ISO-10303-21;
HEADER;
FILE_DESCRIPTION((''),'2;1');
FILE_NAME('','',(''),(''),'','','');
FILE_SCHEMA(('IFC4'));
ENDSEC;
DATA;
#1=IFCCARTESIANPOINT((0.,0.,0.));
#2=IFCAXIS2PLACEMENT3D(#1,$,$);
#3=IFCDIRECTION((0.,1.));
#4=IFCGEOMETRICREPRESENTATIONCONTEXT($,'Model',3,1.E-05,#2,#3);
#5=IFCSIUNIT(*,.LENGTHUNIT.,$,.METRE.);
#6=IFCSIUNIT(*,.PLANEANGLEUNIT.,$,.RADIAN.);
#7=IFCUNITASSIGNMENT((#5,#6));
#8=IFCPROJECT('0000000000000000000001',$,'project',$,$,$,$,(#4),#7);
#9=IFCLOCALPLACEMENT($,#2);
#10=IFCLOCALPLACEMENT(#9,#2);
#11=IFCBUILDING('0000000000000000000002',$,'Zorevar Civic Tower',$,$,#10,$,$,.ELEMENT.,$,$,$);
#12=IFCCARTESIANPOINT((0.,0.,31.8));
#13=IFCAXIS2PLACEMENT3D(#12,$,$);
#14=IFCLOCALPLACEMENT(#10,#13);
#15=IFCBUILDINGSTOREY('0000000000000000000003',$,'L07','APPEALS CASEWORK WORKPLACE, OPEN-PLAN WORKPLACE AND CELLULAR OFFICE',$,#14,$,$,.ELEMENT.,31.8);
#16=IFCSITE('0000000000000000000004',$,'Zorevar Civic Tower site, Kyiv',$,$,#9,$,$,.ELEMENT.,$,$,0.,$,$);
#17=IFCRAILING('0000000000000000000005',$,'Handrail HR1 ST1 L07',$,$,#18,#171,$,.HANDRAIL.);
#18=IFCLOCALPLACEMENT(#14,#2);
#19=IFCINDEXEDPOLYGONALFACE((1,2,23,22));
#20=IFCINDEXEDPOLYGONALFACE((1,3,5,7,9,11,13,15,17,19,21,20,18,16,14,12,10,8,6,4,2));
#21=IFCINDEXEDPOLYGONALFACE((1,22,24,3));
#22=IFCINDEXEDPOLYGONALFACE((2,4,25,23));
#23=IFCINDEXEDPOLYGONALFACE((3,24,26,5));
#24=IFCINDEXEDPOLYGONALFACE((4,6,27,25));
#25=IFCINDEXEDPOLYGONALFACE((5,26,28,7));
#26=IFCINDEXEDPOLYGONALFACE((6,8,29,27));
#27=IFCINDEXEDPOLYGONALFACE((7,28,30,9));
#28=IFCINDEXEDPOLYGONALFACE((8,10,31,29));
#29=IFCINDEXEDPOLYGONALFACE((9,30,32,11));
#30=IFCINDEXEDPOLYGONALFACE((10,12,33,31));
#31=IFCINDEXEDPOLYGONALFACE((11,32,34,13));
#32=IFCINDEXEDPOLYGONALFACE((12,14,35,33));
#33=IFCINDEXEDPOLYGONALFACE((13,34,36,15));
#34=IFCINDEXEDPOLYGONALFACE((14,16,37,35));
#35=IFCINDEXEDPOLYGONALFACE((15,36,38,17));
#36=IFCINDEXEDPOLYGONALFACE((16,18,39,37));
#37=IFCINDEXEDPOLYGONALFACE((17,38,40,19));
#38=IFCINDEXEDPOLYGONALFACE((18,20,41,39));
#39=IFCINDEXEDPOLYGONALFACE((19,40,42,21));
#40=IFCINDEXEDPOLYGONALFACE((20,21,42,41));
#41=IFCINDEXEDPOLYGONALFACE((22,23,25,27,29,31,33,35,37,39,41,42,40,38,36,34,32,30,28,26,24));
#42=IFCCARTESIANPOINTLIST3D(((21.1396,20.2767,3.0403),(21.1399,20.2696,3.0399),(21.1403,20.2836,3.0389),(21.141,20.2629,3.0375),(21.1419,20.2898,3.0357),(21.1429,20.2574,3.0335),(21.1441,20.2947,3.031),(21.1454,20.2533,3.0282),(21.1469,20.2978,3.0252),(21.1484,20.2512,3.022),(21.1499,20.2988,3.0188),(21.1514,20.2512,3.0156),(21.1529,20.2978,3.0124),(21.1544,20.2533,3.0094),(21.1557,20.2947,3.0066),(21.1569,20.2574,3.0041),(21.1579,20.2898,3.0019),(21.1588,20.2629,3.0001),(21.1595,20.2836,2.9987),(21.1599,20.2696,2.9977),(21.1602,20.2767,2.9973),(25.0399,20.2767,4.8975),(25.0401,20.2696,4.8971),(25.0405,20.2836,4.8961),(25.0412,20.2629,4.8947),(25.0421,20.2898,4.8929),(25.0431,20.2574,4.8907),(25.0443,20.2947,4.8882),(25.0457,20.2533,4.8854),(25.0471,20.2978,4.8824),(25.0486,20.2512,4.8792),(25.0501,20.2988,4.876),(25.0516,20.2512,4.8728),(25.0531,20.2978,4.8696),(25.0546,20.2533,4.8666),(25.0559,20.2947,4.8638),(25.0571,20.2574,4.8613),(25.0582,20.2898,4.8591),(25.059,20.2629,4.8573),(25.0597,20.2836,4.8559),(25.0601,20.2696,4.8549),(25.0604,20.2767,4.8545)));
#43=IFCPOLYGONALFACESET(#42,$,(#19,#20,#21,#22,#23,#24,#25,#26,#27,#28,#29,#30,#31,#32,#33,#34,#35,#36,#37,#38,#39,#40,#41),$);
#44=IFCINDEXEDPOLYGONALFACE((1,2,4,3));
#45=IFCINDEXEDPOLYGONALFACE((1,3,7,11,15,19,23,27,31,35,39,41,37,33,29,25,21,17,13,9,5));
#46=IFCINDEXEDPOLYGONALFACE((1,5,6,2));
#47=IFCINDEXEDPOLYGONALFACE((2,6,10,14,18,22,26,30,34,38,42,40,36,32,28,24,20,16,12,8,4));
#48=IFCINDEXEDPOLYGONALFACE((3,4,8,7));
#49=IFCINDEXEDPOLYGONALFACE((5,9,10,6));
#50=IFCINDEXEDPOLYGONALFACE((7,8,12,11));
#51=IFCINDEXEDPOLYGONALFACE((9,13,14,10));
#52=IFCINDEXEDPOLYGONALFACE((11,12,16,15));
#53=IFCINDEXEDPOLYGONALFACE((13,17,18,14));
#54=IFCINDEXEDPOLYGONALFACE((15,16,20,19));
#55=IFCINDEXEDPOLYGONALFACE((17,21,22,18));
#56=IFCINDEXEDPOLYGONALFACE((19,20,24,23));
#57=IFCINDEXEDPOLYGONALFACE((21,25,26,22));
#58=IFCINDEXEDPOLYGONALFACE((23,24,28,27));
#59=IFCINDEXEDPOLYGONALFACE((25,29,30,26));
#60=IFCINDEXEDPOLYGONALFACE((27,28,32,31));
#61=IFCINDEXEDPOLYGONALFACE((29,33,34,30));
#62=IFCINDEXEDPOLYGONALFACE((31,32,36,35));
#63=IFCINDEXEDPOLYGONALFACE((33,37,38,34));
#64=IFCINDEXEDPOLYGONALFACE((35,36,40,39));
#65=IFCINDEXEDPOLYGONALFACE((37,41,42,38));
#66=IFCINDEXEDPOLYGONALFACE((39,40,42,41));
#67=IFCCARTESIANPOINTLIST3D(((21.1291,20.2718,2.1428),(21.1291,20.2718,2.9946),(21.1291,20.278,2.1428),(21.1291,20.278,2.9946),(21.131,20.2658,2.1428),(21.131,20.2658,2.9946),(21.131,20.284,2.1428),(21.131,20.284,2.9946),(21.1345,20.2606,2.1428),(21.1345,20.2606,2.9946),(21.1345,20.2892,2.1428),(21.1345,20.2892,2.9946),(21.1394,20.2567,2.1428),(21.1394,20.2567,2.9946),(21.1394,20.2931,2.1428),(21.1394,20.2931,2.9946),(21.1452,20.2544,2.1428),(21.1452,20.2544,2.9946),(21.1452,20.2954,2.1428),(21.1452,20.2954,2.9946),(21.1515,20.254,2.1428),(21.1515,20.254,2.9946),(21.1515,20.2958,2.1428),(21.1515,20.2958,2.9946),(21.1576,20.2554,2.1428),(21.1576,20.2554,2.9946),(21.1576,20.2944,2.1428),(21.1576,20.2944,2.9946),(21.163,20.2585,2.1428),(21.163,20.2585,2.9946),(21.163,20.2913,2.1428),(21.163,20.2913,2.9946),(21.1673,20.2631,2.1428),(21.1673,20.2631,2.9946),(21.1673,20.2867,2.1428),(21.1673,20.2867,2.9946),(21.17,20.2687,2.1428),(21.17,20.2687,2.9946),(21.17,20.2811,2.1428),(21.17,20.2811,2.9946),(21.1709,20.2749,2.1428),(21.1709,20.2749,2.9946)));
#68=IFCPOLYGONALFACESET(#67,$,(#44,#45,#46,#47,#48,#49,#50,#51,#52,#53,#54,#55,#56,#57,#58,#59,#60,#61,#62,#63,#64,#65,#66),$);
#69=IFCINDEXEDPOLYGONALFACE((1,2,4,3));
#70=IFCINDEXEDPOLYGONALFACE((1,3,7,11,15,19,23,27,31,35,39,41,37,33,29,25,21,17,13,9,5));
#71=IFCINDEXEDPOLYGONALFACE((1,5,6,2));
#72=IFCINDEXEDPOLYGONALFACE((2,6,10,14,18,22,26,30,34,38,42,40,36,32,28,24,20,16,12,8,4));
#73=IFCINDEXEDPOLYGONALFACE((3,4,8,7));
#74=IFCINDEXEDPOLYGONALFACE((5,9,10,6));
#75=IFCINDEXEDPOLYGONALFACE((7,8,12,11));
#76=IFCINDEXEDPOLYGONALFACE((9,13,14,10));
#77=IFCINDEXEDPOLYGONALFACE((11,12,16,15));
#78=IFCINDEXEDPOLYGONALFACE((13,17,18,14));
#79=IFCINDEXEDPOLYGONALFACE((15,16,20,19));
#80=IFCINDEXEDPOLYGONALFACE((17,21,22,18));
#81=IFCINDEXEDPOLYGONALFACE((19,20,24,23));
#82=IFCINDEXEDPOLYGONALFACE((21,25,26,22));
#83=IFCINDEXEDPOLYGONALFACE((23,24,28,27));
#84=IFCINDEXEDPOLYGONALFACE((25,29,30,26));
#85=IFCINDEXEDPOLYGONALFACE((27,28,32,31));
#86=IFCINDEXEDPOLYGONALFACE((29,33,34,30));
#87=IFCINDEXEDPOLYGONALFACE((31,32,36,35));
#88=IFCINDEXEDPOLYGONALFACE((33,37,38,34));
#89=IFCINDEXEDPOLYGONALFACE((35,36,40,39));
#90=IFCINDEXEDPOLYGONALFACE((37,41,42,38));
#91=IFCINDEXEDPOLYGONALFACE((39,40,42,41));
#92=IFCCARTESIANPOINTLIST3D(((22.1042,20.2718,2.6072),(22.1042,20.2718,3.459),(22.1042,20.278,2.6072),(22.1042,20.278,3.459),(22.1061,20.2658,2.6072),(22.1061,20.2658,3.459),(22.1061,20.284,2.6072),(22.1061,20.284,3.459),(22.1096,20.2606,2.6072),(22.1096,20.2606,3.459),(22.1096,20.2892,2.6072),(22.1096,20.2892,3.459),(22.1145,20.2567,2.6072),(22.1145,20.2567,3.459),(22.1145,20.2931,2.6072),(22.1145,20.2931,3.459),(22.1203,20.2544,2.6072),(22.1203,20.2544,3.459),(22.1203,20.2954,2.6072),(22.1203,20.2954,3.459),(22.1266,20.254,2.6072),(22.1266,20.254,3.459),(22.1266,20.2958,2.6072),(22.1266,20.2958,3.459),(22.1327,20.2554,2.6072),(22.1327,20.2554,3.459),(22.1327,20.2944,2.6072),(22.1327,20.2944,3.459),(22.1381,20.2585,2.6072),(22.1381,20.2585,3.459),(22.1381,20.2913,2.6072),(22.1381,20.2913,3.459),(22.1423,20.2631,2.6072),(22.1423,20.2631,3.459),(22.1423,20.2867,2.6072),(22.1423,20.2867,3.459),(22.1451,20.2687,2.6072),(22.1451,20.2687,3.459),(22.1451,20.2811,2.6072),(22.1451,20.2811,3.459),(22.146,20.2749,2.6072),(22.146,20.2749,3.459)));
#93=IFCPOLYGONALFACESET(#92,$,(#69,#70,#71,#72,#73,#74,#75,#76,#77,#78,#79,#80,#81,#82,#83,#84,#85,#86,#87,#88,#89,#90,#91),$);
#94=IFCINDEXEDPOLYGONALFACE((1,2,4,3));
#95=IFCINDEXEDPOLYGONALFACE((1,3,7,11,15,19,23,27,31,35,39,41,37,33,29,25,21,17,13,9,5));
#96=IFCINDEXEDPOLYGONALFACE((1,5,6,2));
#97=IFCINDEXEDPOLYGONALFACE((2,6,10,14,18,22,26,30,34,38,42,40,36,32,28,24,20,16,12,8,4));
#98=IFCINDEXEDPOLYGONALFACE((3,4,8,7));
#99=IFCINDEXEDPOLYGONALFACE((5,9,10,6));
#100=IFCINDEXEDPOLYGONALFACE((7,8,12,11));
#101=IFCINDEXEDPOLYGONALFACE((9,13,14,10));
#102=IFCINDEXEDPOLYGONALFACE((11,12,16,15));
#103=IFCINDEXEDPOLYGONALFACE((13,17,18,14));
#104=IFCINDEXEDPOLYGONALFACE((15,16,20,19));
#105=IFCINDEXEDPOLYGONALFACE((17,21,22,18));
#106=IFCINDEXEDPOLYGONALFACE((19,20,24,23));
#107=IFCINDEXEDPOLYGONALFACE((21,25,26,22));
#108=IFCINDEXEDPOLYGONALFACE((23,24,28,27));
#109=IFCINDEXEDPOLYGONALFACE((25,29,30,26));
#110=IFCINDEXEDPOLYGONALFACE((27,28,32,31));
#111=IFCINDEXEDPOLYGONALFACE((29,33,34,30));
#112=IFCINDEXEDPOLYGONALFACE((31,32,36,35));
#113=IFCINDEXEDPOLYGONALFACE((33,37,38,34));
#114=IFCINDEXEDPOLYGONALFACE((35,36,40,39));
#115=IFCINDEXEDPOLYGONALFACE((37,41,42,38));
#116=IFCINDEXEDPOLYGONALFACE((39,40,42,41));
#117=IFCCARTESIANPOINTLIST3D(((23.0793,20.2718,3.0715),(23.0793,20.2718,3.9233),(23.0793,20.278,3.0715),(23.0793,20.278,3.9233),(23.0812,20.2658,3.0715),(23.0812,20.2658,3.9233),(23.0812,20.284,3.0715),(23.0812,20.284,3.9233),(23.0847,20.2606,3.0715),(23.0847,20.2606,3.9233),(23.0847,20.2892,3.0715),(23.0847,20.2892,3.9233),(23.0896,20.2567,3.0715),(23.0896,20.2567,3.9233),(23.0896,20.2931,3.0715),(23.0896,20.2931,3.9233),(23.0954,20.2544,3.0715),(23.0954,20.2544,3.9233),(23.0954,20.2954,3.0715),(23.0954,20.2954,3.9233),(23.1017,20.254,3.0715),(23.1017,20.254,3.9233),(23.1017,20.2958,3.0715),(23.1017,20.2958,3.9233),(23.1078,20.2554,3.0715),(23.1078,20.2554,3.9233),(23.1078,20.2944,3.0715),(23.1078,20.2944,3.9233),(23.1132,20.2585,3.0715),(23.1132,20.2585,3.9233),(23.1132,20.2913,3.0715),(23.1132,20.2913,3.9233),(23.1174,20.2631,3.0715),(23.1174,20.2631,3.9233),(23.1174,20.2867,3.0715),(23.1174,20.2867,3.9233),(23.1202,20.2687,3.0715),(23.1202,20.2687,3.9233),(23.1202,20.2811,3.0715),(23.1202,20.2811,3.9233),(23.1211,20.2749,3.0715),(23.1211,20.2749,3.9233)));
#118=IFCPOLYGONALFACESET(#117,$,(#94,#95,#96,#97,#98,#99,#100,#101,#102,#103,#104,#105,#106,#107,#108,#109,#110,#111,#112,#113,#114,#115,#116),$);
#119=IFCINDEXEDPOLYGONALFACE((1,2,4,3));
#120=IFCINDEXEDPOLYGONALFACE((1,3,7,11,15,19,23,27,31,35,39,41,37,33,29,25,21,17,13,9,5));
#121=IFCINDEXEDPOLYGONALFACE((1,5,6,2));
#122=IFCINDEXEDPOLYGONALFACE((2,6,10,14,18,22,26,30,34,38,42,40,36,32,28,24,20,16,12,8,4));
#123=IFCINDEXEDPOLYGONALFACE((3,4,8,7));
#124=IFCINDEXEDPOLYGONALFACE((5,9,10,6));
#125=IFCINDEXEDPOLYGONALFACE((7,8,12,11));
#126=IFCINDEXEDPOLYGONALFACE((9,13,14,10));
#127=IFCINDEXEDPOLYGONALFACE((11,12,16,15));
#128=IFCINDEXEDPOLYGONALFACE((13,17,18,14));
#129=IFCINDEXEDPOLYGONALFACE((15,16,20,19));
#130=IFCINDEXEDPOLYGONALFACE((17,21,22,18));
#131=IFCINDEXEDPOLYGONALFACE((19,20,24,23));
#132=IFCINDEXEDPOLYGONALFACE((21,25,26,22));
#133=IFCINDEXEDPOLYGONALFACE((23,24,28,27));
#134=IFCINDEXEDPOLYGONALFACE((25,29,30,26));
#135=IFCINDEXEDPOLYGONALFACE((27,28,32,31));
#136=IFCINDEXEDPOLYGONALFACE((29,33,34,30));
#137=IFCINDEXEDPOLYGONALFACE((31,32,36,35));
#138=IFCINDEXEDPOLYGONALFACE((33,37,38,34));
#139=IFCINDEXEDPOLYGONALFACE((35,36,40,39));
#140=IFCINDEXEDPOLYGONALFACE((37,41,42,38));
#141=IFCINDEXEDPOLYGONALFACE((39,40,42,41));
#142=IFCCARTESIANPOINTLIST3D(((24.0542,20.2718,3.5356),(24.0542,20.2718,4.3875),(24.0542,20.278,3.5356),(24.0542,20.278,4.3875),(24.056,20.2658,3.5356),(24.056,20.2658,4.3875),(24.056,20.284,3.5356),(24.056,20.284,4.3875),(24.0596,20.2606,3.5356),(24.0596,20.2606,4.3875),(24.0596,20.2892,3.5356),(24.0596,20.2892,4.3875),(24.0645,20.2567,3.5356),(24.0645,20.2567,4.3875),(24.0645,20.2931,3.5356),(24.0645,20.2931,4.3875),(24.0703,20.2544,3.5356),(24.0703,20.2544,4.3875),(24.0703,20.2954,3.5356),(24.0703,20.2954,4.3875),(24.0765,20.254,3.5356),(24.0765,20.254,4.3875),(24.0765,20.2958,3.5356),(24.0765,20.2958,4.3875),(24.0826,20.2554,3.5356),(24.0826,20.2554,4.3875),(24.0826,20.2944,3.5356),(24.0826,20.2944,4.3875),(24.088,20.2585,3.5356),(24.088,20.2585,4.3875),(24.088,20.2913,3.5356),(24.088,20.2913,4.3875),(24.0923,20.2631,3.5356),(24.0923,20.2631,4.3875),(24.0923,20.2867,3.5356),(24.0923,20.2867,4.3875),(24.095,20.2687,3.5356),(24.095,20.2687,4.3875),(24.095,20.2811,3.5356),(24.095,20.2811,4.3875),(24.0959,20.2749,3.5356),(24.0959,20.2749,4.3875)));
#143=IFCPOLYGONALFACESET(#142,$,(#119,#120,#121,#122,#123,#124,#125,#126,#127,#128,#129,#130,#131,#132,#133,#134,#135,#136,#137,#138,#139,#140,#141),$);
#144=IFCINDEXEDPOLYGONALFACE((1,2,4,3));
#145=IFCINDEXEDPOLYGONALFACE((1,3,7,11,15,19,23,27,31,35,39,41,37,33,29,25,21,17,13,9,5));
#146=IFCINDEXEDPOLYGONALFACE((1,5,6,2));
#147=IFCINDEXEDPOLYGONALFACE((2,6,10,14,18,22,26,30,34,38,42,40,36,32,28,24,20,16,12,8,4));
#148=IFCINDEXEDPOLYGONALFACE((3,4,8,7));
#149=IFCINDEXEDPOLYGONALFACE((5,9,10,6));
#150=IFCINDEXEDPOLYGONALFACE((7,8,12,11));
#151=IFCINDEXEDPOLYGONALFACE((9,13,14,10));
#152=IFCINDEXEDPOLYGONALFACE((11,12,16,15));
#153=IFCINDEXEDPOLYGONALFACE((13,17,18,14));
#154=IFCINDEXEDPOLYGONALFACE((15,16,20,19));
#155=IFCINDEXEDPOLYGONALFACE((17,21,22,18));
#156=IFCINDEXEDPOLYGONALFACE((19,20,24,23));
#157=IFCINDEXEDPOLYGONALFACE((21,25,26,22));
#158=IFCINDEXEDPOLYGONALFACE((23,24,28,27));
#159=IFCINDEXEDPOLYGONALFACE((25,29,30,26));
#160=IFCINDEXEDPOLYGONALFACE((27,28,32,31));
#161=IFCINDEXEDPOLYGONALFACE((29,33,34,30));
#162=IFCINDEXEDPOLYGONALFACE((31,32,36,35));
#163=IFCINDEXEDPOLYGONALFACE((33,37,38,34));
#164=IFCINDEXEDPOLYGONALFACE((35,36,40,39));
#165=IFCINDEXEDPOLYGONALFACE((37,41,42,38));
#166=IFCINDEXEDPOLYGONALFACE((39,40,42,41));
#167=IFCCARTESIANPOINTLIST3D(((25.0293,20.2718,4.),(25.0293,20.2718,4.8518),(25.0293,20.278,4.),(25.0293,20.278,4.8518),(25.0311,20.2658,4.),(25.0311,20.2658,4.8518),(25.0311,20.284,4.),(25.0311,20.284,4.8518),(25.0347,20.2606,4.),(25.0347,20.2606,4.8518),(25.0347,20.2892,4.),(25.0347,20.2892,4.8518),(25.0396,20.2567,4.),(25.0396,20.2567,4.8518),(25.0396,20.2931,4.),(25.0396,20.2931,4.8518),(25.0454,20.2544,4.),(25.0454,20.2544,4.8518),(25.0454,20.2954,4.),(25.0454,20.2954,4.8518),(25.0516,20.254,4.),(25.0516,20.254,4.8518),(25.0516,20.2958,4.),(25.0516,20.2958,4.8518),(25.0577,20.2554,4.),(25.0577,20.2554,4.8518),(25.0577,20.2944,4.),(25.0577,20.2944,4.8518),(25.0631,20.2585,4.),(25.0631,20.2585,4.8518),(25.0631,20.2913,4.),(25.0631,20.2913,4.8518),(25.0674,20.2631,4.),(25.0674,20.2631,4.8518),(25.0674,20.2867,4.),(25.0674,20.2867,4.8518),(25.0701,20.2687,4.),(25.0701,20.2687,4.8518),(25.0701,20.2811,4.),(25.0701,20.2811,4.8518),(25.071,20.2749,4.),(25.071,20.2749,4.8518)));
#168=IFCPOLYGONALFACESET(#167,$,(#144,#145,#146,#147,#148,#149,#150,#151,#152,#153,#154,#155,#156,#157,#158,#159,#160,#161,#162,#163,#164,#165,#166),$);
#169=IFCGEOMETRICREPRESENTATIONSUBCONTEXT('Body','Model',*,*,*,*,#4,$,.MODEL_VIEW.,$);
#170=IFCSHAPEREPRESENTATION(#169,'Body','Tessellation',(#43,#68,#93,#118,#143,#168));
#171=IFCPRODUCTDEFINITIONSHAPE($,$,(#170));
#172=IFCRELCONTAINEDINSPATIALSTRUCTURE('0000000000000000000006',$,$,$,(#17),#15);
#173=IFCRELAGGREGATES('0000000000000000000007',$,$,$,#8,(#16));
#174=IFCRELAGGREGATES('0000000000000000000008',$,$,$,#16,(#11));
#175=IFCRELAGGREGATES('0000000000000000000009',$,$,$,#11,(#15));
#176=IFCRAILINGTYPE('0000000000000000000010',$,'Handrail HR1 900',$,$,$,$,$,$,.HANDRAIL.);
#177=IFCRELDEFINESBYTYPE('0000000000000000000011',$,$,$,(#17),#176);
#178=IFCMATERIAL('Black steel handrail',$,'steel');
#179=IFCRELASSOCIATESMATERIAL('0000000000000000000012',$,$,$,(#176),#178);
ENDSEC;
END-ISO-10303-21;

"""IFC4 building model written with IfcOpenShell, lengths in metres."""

from ifc_helpers import new_model, si_unit, direction, frame, origin, origin_2d, place, context, subcontext, project, spatial, circle, extrude, material, type_object, element, save


model = new_model("IFC4")

# Units and contexts
model_context = context("Model", 3, precision=1e-05, world=origin(), true_north=direction((0.0, 1.0)))
body_context = subcontext(model_context, "Body", "Model", "MODEL_VIEW")
ifc_project = project(units=[si_unit("LENGTHUNIT", "METRE"), si_unit("PLANEANGLEUNIT", "RADIAN")], contexts=[model_context])

# Site, building, storey
site_placement = place(None, origin())
site = spatial("IfcSite", under=ifc_project, at=site_placement, Name="Zorevar Civic Tower site, Kyiv", CompositionType="ELEMENT", RefElevation=0.0)
building_placement = place(site_placement, origin())
building = spatial("IfcBuilding", under=site, at=building_placement, Name="Zorevar Civic Tower", CompositionType="ELEMENT")
storey_placement = place(building_placement, frame((0.0, 0.0, 31.8)))
storey = spatial("IfcBuildingStorey", under=building, at=storey_placement, Name="L07", Description="APPEALS CASEWORK WORKPLACE, OPEN-PLAN WORKPLACE AND CELLULAR OFFICE", CompositionType="ELEMENT", Elevation=31.8)

# Railing
ifc_material_1 = material(Name="Black steel handrail", Category="steel")
railing_type = type_object("IfcRailingType", Name="Handrail HR1 900", PredefinedType="HANDRAIL", material=ifc_material_1)
railing_1_placement = place(storey_placement, frame((21.1499, 20.2749, 2.1428)))
element("IfcRailing", 1, at=railing_1_placement, inside=storey, type_object=railing_type, Name="Handrail HR1 ST1 L07", PredefinedType="HANDRAIL", context=body_context, shape_type="SweptSolid", body=[
    extrude(circle(Radius=0.0239, at=origin_2d()), frame((0.0, 0.0, 0.876), z_axis=(0.902864, 0.0, 0.429927), x_axis=(0.0, 1.0, 0.0)), (0.0, 0.0, 1.0), 4.3198),
    extrude(circle(Radius=0.021, at=origin_2d()), origin(), (0.0, 0.0, 1.0), 0.8518),
    extrude(circle(Radius=0.021, at=origin_2d()), frame((0.9751, 0.0, 0.4644)), (0.0, 0.0, 1.0), 0.8518),
    extrude(circle(Radius=0.021, at=origin_2d()), frame((1.9502, 0.0, 0.9287)), (0.0, 0.0, 1.0), 0.8518),
    extrude(circle(Radius=0.021, at=origin_2d()), frame((2.925, 0.0, 1.3928)), (0.0, 0.0, 1.0), 0.8518),
    extrude(circle(Radius=0.021, at=origin_2d()), frame((3.9001, 0.0, 1.8572)), (0.0, 0.0, 1.0), 0.8518),
])

save(model, "model.ifc")
